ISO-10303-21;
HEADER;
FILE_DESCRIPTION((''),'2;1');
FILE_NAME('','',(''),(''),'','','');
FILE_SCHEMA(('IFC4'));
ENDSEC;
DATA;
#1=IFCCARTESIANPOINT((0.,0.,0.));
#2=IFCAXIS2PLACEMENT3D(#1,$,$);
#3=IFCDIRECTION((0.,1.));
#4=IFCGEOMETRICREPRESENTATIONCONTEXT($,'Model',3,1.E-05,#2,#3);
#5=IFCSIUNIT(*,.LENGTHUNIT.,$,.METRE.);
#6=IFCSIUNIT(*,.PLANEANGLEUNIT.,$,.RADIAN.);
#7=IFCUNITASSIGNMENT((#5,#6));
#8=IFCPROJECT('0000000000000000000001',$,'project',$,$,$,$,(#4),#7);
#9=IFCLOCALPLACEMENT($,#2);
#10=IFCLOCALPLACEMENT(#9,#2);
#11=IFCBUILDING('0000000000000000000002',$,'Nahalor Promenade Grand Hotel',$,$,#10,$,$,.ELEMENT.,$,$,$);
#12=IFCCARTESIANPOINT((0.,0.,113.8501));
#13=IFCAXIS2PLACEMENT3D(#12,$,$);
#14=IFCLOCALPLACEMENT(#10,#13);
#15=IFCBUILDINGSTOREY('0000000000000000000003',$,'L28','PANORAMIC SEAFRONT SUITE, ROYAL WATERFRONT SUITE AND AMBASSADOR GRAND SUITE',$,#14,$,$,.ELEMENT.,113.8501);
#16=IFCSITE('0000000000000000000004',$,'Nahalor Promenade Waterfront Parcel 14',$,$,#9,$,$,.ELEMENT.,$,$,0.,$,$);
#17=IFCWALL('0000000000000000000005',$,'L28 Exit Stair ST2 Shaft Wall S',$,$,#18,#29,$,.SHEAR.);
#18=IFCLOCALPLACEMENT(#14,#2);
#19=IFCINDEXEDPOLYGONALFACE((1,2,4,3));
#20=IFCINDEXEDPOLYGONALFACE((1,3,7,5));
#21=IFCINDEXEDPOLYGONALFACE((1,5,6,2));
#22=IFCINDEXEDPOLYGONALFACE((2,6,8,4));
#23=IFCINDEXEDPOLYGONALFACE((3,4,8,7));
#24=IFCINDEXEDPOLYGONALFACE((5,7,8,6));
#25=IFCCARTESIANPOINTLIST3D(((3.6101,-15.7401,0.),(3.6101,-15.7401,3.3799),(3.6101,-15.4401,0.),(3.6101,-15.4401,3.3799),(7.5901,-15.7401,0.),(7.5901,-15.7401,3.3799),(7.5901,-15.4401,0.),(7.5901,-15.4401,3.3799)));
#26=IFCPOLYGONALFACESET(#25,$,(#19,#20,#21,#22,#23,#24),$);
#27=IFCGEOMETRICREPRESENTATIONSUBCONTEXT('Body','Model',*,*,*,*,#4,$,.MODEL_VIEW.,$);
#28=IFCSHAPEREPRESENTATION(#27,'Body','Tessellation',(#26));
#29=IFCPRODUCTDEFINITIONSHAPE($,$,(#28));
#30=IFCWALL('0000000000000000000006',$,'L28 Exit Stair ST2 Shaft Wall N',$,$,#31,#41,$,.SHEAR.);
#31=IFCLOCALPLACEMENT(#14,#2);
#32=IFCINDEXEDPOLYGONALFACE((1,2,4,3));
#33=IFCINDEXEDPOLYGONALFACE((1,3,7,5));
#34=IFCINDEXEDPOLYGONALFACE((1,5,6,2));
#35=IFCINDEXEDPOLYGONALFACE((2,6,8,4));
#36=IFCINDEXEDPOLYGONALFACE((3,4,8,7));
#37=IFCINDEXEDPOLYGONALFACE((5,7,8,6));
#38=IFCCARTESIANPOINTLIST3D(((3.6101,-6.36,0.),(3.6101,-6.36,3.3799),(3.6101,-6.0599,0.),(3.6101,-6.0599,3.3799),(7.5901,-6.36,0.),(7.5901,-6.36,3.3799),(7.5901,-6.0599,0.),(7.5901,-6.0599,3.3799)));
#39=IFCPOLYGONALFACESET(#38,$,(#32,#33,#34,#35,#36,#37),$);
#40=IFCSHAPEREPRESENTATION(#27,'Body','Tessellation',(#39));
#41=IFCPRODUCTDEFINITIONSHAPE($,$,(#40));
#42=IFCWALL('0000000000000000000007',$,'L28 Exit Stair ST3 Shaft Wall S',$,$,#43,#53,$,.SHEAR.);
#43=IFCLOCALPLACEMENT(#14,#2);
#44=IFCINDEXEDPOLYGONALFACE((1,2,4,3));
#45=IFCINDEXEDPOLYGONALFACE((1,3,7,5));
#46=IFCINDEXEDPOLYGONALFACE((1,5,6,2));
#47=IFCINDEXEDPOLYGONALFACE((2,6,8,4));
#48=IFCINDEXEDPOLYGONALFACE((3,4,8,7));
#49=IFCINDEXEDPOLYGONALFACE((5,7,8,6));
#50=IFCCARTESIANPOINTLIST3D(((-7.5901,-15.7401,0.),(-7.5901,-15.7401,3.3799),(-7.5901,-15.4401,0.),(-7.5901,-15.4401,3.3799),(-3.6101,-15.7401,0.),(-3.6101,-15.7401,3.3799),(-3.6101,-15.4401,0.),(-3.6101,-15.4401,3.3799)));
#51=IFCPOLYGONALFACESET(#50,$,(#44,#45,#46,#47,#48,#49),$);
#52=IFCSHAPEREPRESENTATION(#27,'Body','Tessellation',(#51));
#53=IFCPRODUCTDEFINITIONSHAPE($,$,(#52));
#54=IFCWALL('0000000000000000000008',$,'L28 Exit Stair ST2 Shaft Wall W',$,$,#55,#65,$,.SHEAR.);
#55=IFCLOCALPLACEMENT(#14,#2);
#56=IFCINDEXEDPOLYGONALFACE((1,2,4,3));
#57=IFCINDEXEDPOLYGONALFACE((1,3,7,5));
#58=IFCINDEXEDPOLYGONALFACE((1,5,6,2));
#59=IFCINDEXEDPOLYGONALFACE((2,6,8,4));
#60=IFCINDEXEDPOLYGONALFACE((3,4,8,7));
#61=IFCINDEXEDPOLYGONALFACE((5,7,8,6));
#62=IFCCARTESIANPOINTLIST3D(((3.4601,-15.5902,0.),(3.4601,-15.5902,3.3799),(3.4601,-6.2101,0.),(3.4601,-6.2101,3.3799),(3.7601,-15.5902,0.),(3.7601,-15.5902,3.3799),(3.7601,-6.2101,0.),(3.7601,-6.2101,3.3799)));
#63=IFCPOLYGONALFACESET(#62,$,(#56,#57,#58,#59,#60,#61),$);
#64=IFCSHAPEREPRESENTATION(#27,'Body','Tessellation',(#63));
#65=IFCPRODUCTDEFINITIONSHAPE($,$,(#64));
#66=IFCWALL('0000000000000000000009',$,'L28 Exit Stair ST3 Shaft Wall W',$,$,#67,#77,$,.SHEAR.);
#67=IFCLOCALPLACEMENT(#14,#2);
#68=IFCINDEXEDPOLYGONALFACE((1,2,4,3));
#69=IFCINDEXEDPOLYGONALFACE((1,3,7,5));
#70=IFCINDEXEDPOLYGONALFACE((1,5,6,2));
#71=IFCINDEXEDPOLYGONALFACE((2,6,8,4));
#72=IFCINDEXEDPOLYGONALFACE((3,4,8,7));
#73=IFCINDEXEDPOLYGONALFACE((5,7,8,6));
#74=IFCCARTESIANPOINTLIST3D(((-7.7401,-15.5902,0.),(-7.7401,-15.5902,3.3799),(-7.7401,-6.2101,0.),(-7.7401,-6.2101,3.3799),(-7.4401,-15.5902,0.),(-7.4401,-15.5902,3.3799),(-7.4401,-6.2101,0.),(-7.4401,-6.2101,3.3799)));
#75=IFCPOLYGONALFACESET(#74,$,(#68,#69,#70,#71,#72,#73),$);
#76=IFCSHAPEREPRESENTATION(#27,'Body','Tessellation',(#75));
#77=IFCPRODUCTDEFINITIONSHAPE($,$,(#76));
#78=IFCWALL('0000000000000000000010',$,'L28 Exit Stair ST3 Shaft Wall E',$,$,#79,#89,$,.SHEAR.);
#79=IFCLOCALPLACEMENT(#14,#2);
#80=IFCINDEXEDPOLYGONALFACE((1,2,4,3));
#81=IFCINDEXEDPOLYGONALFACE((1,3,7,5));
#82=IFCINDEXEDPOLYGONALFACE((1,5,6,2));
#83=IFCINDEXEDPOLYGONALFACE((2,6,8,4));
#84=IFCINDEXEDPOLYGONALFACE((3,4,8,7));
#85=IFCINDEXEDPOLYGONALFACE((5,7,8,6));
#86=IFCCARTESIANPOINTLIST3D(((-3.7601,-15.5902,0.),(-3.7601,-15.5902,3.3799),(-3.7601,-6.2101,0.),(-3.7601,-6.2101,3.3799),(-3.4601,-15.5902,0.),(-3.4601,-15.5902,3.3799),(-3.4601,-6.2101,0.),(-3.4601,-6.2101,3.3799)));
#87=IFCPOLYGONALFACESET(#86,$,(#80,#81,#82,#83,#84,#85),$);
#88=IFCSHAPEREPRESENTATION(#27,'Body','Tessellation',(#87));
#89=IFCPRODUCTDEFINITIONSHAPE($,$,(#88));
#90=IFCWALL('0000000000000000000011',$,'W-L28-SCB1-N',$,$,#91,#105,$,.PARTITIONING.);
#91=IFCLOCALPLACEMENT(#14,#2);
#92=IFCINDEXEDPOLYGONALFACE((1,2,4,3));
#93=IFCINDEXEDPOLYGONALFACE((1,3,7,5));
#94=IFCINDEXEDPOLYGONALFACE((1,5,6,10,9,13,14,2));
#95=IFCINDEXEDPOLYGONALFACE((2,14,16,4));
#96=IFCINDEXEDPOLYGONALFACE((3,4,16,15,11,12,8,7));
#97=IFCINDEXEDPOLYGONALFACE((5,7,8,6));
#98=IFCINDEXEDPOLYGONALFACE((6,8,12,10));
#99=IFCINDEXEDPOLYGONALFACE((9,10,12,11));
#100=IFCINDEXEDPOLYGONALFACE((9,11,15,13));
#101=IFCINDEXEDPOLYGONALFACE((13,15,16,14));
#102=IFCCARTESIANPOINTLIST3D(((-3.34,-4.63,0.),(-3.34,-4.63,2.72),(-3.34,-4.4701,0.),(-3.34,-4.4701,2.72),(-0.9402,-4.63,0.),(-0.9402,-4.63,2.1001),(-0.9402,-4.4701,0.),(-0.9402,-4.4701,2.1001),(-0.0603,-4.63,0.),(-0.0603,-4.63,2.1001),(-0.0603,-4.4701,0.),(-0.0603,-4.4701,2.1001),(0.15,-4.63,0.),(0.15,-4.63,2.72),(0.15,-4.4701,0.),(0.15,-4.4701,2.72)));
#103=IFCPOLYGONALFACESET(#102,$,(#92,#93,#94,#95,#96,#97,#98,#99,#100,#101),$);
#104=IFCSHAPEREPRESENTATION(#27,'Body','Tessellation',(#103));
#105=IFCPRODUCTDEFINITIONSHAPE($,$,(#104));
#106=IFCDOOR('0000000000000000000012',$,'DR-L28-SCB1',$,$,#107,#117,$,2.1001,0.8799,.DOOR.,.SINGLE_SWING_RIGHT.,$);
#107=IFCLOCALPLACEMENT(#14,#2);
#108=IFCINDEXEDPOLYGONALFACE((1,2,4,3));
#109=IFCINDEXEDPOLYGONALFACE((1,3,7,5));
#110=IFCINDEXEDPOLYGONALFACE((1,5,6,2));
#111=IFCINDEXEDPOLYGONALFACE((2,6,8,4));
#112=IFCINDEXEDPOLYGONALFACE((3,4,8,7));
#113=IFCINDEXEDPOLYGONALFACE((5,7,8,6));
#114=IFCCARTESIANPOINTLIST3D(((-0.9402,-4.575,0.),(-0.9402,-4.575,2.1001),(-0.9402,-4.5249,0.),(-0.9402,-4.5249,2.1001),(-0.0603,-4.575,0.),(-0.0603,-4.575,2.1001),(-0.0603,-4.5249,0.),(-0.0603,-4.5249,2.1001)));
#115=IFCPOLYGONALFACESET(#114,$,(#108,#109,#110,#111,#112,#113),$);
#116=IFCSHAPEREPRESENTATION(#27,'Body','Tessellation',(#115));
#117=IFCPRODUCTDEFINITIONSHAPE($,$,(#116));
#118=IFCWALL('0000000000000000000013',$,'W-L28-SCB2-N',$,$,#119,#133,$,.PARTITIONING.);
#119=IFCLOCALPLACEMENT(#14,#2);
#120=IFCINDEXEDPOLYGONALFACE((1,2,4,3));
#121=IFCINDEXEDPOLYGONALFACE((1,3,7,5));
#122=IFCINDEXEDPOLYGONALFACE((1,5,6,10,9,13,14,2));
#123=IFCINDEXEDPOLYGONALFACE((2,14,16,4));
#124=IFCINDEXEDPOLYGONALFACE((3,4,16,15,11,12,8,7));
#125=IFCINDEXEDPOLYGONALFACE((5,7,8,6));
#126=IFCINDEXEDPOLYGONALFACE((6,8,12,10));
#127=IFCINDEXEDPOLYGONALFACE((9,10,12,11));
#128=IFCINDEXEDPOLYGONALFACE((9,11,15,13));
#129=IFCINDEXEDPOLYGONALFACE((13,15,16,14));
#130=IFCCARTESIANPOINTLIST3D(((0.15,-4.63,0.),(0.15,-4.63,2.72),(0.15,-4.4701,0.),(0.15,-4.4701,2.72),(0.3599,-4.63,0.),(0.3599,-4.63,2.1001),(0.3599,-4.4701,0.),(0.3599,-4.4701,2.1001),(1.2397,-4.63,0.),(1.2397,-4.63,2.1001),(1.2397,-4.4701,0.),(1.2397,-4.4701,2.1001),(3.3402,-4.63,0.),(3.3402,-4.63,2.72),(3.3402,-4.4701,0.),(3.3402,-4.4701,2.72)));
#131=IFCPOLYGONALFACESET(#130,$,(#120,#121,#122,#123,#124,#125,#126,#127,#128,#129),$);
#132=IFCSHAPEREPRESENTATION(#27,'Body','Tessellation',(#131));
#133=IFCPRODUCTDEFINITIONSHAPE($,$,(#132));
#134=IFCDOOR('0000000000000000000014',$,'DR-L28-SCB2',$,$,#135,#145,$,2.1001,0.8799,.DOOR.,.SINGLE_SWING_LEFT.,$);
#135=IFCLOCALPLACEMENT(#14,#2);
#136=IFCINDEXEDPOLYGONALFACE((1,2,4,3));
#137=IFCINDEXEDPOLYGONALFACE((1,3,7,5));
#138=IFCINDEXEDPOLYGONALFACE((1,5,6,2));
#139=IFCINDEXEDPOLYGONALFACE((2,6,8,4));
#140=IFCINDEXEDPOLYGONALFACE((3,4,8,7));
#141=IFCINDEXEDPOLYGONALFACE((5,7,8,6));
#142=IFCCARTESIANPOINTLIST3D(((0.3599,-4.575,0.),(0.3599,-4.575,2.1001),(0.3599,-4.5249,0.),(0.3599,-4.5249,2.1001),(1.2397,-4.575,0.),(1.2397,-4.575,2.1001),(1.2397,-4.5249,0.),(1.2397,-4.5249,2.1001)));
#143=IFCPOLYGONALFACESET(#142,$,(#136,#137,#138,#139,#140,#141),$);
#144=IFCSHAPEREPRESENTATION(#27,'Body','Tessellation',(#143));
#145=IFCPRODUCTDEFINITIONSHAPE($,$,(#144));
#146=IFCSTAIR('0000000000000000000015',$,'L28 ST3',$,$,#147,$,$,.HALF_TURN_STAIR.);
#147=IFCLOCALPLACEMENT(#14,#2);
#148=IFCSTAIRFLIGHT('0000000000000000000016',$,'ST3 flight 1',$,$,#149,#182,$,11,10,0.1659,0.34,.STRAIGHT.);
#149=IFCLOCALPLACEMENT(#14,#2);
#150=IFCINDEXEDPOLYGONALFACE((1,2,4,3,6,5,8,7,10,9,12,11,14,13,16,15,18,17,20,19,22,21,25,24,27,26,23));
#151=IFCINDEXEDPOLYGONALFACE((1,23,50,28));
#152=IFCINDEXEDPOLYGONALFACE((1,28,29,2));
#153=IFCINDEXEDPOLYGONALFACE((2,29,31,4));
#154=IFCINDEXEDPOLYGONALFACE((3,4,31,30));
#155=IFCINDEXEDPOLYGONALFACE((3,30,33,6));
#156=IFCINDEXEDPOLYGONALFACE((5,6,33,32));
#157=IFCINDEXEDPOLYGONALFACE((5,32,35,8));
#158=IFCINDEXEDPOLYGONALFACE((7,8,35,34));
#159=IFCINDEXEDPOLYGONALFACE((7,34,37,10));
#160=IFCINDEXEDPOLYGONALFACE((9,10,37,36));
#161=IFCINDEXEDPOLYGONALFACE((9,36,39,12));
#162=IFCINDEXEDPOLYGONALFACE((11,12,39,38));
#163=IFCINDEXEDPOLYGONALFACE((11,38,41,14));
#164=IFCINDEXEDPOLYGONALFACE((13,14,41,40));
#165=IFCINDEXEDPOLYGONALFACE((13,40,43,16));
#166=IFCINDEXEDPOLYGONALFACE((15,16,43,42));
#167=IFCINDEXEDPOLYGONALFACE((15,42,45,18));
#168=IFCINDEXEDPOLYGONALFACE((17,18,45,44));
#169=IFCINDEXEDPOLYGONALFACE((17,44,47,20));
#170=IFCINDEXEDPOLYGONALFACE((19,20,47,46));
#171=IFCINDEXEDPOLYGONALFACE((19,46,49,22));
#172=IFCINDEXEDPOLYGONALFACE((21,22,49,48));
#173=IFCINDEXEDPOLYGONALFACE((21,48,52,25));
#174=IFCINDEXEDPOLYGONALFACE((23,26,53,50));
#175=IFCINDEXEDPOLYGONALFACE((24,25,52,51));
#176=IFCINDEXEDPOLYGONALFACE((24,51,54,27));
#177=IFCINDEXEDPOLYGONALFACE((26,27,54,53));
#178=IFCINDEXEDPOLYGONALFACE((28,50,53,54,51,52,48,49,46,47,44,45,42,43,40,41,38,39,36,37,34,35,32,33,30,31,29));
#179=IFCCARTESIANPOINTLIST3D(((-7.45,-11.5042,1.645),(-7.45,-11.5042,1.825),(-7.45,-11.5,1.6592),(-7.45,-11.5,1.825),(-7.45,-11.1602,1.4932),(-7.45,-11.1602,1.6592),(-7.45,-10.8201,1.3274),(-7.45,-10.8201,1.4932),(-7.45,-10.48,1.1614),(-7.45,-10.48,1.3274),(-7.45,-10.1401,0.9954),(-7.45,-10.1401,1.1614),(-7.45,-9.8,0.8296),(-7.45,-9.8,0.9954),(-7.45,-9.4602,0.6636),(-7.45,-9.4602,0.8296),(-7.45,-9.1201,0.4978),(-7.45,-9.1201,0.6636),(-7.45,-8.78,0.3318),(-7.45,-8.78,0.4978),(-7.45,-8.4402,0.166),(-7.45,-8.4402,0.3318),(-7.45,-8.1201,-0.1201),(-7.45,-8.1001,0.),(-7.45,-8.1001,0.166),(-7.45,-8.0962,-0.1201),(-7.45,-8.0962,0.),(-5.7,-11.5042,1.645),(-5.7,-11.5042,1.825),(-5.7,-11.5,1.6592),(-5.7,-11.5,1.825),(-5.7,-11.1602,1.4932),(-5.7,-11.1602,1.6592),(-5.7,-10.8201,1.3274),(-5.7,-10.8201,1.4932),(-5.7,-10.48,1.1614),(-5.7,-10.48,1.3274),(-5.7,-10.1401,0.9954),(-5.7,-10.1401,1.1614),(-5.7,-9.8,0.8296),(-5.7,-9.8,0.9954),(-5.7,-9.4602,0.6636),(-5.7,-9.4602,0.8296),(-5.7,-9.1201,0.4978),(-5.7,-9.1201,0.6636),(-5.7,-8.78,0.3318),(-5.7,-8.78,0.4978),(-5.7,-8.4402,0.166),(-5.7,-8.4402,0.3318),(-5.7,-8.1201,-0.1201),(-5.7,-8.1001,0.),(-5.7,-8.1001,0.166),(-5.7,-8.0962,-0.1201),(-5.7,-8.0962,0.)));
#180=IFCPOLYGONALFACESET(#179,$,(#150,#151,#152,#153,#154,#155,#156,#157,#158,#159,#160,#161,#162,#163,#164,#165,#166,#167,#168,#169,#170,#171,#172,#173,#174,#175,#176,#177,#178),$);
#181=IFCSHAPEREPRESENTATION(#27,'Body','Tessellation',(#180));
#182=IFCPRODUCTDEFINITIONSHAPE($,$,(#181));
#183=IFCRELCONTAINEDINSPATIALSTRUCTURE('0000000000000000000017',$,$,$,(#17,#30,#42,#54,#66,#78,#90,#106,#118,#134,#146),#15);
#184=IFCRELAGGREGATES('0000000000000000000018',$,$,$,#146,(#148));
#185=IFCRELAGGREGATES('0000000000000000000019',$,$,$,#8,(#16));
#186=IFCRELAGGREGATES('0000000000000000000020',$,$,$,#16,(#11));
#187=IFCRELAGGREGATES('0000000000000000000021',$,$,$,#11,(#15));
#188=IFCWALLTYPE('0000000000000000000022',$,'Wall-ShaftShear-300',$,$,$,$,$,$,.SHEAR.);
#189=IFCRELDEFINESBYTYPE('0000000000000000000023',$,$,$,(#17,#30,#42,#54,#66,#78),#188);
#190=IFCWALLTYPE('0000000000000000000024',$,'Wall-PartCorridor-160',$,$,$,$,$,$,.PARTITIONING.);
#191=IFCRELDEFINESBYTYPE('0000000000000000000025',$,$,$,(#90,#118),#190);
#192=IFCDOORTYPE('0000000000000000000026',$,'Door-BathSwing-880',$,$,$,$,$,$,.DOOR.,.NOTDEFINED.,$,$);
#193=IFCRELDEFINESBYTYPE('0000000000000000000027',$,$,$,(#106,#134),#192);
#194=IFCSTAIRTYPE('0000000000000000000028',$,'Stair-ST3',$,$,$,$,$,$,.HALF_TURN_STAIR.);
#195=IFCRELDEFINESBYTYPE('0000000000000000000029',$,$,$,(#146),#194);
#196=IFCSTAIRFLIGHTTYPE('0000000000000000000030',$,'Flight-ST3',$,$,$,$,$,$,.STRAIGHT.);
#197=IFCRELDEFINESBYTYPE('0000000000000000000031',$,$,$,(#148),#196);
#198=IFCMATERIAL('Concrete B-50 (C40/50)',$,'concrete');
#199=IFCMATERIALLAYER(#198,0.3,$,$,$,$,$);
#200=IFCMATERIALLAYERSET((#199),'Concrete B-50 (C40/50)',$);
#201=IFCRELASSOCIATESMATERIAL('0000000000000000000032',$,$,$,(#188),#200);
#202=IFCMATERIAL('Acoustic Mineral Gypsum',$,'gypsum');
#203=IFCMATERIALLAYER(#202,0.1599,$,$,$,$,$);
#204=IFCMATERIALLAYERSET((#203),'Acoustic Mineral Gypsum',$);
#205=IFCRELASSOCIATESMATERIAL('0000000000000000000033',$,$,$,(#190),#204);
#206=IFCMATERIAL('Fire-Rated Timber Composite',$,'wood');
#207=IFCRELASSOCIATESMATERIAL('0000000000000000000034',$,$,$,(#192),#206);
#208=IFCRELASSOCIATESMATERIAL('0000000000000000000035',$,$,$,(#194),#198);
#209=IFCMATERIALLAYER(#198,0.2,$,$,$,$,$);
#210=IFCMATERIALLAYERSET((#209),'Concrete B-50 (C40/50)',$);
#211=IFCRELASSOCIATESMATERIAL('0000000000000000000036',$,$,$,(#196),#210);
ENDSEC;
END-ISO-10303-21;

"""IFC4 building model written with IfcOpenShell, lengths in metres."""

from ifc_helpers import new_model, si_unit, direction, frame, frame_2d, origin, place, context, subcontext, project, spatial, polyline, rectangle, outline, extrude, source, transform, mapped, material, layer, layer_set, type_object, element, fill, aggregate, save


model = new_model("IFC4")

# Units and contexts
model_context = context("Model", 3, precision=1e-05, world=origin(), true_north=direction((0.0, 1.0)))
body_context = subcontext(model_context, "Body", "Model", "MODEL_VIEW")
ifc_project = project(units=[si_unit("LENGTHUNIT", "METRE"), si_unit("PLANEANGLEUNIT", "RADIAN")], contexts=[model_context])

# Site, building, storey
site_placement = place(None, origin())
site = spatial("IfcSite", under=ifc_project, at=site_placement, Name="Nahalor Promenade Waterfront Parcel 14", CompositionType="ELEMENT", RefElevation=0.0)
building_placement = place(site_placement, origin())
building = spatial("IfcBuilding", under=site, at=building_placement, Name="Nahalor Promenade Grand Hotel", CompositionType="ELEMENT")
storey_placement = place(building_placement, frame((0.0, 0.0, 113.8501)))
storey = spatial("IfcBuildingStorey", under=building, at=storey_placement, Name="L28", Description="PANORAMIC SEAFRONT SUITE, ROYAL WATERFRONT SUITE AND AMBASSADOR GRAND SUITE", CompositionType="ELEMENT", Elevation=113.8501)

# Walls
ifc_material_1 = material(Name="Concrete B-50 (C40/50)", Category="concrete")
ifc_layer_1 = layer(ifc_material_1, 0.3)
ifc_layer_set_1 = layer_set([ifc_layer_1], Name="Concrete B-50 (C40/50)")
wall_type_1 = type_object("IfcWallType", Name="Wall-ShaftShear-300", PredefinedType="SHEAR", material=ifc_layer_set_1)
shared_shape_1 = source(origin(), body_context, "Body", "SweptSolid", [
    extrude(rectangle(XDim=3.98, YDim=0.3, at=frame_2d((1.99, 0.0))), origin(), (0.0, 0.0, 1.0), 3.3799),
])
for number, where, z_axis, x_axis, name in (
    (1, (3.6101, -15.5901, 0.0), (0.0, 0.0, 1.0), (1.0, 0.0, 0.0), "L28 Exit Stair ST2 Shaft Wall S"),
    (2, (3.6101, -6.21, 0.0), (0.0, 0.0, 1.0), (1.0, 0.0, 0.0), "L28 Exit Stair ST2 Shaft Wall N"),
    (3, (-7.5901, -15.5901, 0.0), (0.0, 0.0, 1.0), (1.0, 0.0, 0.0), "L28 Exit Stair ST3 Shaft Wall S"),
):
    element("IfcWall", number, at=place(storey_placement, frame(where, z_axis=z_axis, x_axis=x_axis)), inside=storey, type_object=wall_type_1, Name=name, PredefinedType="SHEAR", context=body_context, shape_type="MappedRepresentation", body=[
        mapped(shared_shape_1, transform((0.0, 0.0, 0.0), scale=1.0)),
    ])

# Walls
shared_shape_2 = source(origin(), body_context, "Body", "SweptSolid", [
    extrude(rectangle(XDim=9.3801, YDim=0.3, at=frame_2d((4.6899, 0.0))), origin(), (0.0, 0.0, 1.0), 3.3799),
])
for number, where, z_axis, x_axis, name in (
    (4, (3.6101, -15.5901, 0.0), (0.0, 0.0, 1.0), (0.0, 1.0, 0.0), "L28 Exit Stair ST2 Shaft Wall W"),
    (5, (-7.5901, -15.5901, 0.0), (0.0, 0.0, 1.0), (0.0, 1.0, 0.0), "L28 Exit Stair ST3 Shaft Wall W"),
    (6, (-3.6101, -15.5901, 0.0), (0.0, 0.0, 1.0), (0.0, 1.0, 0.0), "L28 Exit Stair ST3 Shaft Wall E"),
):
    element("IfcWall", number, at=place(storey_placement, frame(where, z_axis=z_axis, x_axis=x_axis)), inside=storey, type_object=wall_type_1, Name=name, PredefinedType="SHEAR", context=body_context, shape_type="MappedRepresentation", body=[
        mapped(shared_shape_2, transform((0.0, 0.0, 0.0), scale=1.0)),
    ])

# Walls, openings, doors
ifc_material_2 = material(Name="Acoustic Mineral Gypsum", Category="gypsum")
ifc_layer_2 = layer(ifc_material_2, 0.1599)
ifc_layer_set_2 = layer_set([ifc_layer_2], Name="Acoustic Mineral Gypsum")
wall_type_2 = type_object("IfcWallType", Name="Wall-PartCorridor-160", PredefinedType="PARTITIONING", material=ifc_layer_set_2)
shared_shape_3 = source(origin(), body_context, "Body", "SweptSolid", [
    extrude(rectangle(XDim=3.49, YDim=0.1599, at=frame_2d((1.7451, 0.0))), origin(), (0.0, 0.0, 1.0), 2.72),
])
wall_1_placement = place(storey_placement, frame((-3.3401, -4.55, 0.0), z_axis=(0.0, 0.0, 1.0), x_axis=(1.0, 0.0, 0.0)))
wall_1 = element("IfcWall", 7, at=wall_1_placement, inside=storey, type_object=wall_type_2, Name="W-L28-SCB1-N", PredefinedType="PARTITIONING", context=body_context, shape_type="MappedRepresentation", body=[
    mapped(shared_shape_3, transform((0.0, 0.0, 0.0), scale=1.0)),
])
opening_1_placement = place(wall_1_placement, frame((2.3999, 0.0, 0.0)))
opening_1 = element("IfcOpeningElement", 8, at=opening_1_placement, cuts=wall_1, PredefinedType="OPENING", context=body_context, shape_type="SweptSolid", body=[
    extrude(rectangle(XDim=0.8799, YDim=2.1001, at=frame_2d((0.4399, 1.05))), frame((0.0, 0.0898, 0.0), z_axis=(0.0, -1.0, 0.0), x_axis=(1.0, 0.0, 0.0)), (0.0, 0.0, 1.0), 0.1799),
])
ifc_material_3 = material(Name="Fire-Rated Timber Composite", Category="wood")
door_type_1 = type_object("IfcDoorType", Name="Door-BathSwing-880", OperationType="NOTDEFINED", PredefinedType="DOOR", material=ifc_material_3)
shared_shape_4 = source(origin(), body_context, "Body", "SweptSolid", [
    extrude(rectangle(XDim=0.8799, YDim=2.1001, at=frame_2d((0.4399, 1.05))), frame((0.0, 0.0249, 0.0), z_axis=(0.0, -1.0, 0.0), x_axis=(1.0, 0.0, 0.0)), (0.0, 0.0, 1.0), 0.05),
])
door_1_placement = place(opening_1_placement, frame((0.8799, 0.0, 0.0), z_axis=(0.0, 0.0, 1.0), x_axis=(-1.0, 0.0, 0.0)))
door_1 = element("IfcDoor", 9, at=door_1_placement, inside=storey, type_object=door_type_1, Name="DR-L28-SCB1", OperationType="SINGLE_SWING_RIGHT", OverallHeight=2.1001, OverallWidth=0.8799, PredefinedType="DOOR", context=body_context, shape_type="MappedRepresentation", body=[
    mapped(shared_shape_4, transform((0.0, 0.0, 0.0), scale=1.0)),
])
fill(opening_1, door_1)
shared_shape_5 = source(origin(), body_context, "Body", "SweptSolid", [
    extrude(rectangle(XDim=3.1902, YDim=0.1599, at=frame_2d((1.5952, 0.0))), origin(), (0.0, 0.0, 1.0), 2.72),
])
wall_2_placement = place(storey_placement, frame((0.1499, -4.55, 0.0), z_axis=(0.0, 0.0, 1.0), x_axis=(1.0, 0.0, 0.0)))
wall_2 = element("IfcWall", 10, at=wall_2_placement, inside=storey, type_object=wall_type_2, Name="W-L28-SCB2-N", PredefinedType="PARTITIONING", context=body_context, shape_type="MappedRepresentation", body=[
    mapped(shared_shape_5, transform((0.0, 0.0, 0.0), scale=1.0)),
])
opening_2_placement = place(wall_2_placement, frame((0.21, 0.0, 0.0)))
opening_2 = element("IfcOpeningElement", 11, at=opening_2_placement, cuts=wall_2, PredefinedType="OPENING", context=body_context, shape_type="SweptSolid", body=[
    extrude(rectangle(XDim=0.8799, YDim=2.1001, at=frame_2d((0.4399, 1.05))), frame((0.0, 0.0898, 0.0), z_axis=(0.0, -1.0, 0.0), x_axis=(1.0, 0.0, 0.0)), (0.0, 0.0, 1.0), 0.1799),
])
door_2_placement = place(opening_2_placement, frame((0.8799, 0.0, 0.0), z_axis=(0.0, 0.0, 1.0), x_axis=(-1.0, 0.0, 0.0)))
door_2 = element("IfcDoor", 12, at=door_2_placement, inside=storey, type_object=door_type_1, Name="DR-L28-SCB2", OperationType="SINGLE_SWING_LEFT", OverallHeight=2.1001, OverallWidth=0.8799, PredefinedType="DOOR", context=body_context, shape_type="MappedRepresentation", body=[
    mapped(shared_shape_4, transform((0.0, 0.0, 0.0), scale=1.0)),
])
fill(opening_2, door_2)

# Stair, stair flight
stair_type = type_object("IfcStairType", Name="Stair-ST3", PredefinedType="HALF_TURN_STAIR", material=ifc_material_1)
stair_placement = place(storey_placement, origin())
stair = element("IfcStair", 13, at=stair_placement, inside=storey, type_object=stair_type, Name="L28 ST3", PredefinedType="HALF_TURN_STAIR")
ifc_layer_3 = layer(ifc_material_1, 0.2)
ifc_layer_set_3 = layer_set([ifc_layer_3], Name="Concrete B-50 (C40/50)")
stair_flight_type = type_object("IfcStairFlightType", Name="Flight-ST3", PredefinedType="STRAIGHT", material=ifc_layer_set_3)
shared_shape_6 = source(origin(), body_context, "Body", "SweptSolid", [
    extrude(outline(polyline([(-0.0039, -0.1201), (-0.0039, 0.0), (0.0, 0.0), (0.0, 0.166), (0.3401, 0.166), (0.3401, 0.3318), (0.6799, 0.3318), (0.6799, 0.4978), (1.02, 0.4978), (1.02, 0.6636), (1.3601, 0.6636), (1.3601, 0.8296), (1.7, 0.8296), (1.7, 0.9954), (2.04, 0.9954), (2.04, 1.1614), (2.3799, 1.1614), (2.3799, 1.3274), (2.72, 1.3274), (2.72, 1.4932), (3.0601, 1.4932), (3.0601, 1.6592), (3.3999, 1.6592), (3.3999, 1.825), (3.4041, 1.825), (3.4041, 1.645), (0.02, -0.1201), (-0.0039, -0.1201)])), frame((0.0, 0.875, 0.0), z_axis=(0.0, -1.0, 0.0), x_axis=(1.0, 0.0, 0.0)), (0.0, 0.0, 1.0), 1.75),
])
stair_flight_1_placement = place(storey_placement, frame((-6.575, -8.1001, 0.0), z_axis=(0.0, 0.0, 1.0), x_axis=(0.0, -1.0, 0.0)))
stair_flight_1 = element("IfcStairFlight", 14, at=stair_flight_1_placement, type_object=stair_flight_type, Name="ST3 flight 1", NumberOfRisers=11, NumberOfTreads=10, PredefinedType="STRAIGHT", RiserHeight=0.1659, TreadLength=0.34, context=body_context, shape_type="MappedRepresentation", body=[
    mapped(shared_shape_6, transform((0.0, 0.0, 0.0), scale=1.0)),
])
aggregate(stair, [stair_flight_1])

save(model, "model.ifc")
